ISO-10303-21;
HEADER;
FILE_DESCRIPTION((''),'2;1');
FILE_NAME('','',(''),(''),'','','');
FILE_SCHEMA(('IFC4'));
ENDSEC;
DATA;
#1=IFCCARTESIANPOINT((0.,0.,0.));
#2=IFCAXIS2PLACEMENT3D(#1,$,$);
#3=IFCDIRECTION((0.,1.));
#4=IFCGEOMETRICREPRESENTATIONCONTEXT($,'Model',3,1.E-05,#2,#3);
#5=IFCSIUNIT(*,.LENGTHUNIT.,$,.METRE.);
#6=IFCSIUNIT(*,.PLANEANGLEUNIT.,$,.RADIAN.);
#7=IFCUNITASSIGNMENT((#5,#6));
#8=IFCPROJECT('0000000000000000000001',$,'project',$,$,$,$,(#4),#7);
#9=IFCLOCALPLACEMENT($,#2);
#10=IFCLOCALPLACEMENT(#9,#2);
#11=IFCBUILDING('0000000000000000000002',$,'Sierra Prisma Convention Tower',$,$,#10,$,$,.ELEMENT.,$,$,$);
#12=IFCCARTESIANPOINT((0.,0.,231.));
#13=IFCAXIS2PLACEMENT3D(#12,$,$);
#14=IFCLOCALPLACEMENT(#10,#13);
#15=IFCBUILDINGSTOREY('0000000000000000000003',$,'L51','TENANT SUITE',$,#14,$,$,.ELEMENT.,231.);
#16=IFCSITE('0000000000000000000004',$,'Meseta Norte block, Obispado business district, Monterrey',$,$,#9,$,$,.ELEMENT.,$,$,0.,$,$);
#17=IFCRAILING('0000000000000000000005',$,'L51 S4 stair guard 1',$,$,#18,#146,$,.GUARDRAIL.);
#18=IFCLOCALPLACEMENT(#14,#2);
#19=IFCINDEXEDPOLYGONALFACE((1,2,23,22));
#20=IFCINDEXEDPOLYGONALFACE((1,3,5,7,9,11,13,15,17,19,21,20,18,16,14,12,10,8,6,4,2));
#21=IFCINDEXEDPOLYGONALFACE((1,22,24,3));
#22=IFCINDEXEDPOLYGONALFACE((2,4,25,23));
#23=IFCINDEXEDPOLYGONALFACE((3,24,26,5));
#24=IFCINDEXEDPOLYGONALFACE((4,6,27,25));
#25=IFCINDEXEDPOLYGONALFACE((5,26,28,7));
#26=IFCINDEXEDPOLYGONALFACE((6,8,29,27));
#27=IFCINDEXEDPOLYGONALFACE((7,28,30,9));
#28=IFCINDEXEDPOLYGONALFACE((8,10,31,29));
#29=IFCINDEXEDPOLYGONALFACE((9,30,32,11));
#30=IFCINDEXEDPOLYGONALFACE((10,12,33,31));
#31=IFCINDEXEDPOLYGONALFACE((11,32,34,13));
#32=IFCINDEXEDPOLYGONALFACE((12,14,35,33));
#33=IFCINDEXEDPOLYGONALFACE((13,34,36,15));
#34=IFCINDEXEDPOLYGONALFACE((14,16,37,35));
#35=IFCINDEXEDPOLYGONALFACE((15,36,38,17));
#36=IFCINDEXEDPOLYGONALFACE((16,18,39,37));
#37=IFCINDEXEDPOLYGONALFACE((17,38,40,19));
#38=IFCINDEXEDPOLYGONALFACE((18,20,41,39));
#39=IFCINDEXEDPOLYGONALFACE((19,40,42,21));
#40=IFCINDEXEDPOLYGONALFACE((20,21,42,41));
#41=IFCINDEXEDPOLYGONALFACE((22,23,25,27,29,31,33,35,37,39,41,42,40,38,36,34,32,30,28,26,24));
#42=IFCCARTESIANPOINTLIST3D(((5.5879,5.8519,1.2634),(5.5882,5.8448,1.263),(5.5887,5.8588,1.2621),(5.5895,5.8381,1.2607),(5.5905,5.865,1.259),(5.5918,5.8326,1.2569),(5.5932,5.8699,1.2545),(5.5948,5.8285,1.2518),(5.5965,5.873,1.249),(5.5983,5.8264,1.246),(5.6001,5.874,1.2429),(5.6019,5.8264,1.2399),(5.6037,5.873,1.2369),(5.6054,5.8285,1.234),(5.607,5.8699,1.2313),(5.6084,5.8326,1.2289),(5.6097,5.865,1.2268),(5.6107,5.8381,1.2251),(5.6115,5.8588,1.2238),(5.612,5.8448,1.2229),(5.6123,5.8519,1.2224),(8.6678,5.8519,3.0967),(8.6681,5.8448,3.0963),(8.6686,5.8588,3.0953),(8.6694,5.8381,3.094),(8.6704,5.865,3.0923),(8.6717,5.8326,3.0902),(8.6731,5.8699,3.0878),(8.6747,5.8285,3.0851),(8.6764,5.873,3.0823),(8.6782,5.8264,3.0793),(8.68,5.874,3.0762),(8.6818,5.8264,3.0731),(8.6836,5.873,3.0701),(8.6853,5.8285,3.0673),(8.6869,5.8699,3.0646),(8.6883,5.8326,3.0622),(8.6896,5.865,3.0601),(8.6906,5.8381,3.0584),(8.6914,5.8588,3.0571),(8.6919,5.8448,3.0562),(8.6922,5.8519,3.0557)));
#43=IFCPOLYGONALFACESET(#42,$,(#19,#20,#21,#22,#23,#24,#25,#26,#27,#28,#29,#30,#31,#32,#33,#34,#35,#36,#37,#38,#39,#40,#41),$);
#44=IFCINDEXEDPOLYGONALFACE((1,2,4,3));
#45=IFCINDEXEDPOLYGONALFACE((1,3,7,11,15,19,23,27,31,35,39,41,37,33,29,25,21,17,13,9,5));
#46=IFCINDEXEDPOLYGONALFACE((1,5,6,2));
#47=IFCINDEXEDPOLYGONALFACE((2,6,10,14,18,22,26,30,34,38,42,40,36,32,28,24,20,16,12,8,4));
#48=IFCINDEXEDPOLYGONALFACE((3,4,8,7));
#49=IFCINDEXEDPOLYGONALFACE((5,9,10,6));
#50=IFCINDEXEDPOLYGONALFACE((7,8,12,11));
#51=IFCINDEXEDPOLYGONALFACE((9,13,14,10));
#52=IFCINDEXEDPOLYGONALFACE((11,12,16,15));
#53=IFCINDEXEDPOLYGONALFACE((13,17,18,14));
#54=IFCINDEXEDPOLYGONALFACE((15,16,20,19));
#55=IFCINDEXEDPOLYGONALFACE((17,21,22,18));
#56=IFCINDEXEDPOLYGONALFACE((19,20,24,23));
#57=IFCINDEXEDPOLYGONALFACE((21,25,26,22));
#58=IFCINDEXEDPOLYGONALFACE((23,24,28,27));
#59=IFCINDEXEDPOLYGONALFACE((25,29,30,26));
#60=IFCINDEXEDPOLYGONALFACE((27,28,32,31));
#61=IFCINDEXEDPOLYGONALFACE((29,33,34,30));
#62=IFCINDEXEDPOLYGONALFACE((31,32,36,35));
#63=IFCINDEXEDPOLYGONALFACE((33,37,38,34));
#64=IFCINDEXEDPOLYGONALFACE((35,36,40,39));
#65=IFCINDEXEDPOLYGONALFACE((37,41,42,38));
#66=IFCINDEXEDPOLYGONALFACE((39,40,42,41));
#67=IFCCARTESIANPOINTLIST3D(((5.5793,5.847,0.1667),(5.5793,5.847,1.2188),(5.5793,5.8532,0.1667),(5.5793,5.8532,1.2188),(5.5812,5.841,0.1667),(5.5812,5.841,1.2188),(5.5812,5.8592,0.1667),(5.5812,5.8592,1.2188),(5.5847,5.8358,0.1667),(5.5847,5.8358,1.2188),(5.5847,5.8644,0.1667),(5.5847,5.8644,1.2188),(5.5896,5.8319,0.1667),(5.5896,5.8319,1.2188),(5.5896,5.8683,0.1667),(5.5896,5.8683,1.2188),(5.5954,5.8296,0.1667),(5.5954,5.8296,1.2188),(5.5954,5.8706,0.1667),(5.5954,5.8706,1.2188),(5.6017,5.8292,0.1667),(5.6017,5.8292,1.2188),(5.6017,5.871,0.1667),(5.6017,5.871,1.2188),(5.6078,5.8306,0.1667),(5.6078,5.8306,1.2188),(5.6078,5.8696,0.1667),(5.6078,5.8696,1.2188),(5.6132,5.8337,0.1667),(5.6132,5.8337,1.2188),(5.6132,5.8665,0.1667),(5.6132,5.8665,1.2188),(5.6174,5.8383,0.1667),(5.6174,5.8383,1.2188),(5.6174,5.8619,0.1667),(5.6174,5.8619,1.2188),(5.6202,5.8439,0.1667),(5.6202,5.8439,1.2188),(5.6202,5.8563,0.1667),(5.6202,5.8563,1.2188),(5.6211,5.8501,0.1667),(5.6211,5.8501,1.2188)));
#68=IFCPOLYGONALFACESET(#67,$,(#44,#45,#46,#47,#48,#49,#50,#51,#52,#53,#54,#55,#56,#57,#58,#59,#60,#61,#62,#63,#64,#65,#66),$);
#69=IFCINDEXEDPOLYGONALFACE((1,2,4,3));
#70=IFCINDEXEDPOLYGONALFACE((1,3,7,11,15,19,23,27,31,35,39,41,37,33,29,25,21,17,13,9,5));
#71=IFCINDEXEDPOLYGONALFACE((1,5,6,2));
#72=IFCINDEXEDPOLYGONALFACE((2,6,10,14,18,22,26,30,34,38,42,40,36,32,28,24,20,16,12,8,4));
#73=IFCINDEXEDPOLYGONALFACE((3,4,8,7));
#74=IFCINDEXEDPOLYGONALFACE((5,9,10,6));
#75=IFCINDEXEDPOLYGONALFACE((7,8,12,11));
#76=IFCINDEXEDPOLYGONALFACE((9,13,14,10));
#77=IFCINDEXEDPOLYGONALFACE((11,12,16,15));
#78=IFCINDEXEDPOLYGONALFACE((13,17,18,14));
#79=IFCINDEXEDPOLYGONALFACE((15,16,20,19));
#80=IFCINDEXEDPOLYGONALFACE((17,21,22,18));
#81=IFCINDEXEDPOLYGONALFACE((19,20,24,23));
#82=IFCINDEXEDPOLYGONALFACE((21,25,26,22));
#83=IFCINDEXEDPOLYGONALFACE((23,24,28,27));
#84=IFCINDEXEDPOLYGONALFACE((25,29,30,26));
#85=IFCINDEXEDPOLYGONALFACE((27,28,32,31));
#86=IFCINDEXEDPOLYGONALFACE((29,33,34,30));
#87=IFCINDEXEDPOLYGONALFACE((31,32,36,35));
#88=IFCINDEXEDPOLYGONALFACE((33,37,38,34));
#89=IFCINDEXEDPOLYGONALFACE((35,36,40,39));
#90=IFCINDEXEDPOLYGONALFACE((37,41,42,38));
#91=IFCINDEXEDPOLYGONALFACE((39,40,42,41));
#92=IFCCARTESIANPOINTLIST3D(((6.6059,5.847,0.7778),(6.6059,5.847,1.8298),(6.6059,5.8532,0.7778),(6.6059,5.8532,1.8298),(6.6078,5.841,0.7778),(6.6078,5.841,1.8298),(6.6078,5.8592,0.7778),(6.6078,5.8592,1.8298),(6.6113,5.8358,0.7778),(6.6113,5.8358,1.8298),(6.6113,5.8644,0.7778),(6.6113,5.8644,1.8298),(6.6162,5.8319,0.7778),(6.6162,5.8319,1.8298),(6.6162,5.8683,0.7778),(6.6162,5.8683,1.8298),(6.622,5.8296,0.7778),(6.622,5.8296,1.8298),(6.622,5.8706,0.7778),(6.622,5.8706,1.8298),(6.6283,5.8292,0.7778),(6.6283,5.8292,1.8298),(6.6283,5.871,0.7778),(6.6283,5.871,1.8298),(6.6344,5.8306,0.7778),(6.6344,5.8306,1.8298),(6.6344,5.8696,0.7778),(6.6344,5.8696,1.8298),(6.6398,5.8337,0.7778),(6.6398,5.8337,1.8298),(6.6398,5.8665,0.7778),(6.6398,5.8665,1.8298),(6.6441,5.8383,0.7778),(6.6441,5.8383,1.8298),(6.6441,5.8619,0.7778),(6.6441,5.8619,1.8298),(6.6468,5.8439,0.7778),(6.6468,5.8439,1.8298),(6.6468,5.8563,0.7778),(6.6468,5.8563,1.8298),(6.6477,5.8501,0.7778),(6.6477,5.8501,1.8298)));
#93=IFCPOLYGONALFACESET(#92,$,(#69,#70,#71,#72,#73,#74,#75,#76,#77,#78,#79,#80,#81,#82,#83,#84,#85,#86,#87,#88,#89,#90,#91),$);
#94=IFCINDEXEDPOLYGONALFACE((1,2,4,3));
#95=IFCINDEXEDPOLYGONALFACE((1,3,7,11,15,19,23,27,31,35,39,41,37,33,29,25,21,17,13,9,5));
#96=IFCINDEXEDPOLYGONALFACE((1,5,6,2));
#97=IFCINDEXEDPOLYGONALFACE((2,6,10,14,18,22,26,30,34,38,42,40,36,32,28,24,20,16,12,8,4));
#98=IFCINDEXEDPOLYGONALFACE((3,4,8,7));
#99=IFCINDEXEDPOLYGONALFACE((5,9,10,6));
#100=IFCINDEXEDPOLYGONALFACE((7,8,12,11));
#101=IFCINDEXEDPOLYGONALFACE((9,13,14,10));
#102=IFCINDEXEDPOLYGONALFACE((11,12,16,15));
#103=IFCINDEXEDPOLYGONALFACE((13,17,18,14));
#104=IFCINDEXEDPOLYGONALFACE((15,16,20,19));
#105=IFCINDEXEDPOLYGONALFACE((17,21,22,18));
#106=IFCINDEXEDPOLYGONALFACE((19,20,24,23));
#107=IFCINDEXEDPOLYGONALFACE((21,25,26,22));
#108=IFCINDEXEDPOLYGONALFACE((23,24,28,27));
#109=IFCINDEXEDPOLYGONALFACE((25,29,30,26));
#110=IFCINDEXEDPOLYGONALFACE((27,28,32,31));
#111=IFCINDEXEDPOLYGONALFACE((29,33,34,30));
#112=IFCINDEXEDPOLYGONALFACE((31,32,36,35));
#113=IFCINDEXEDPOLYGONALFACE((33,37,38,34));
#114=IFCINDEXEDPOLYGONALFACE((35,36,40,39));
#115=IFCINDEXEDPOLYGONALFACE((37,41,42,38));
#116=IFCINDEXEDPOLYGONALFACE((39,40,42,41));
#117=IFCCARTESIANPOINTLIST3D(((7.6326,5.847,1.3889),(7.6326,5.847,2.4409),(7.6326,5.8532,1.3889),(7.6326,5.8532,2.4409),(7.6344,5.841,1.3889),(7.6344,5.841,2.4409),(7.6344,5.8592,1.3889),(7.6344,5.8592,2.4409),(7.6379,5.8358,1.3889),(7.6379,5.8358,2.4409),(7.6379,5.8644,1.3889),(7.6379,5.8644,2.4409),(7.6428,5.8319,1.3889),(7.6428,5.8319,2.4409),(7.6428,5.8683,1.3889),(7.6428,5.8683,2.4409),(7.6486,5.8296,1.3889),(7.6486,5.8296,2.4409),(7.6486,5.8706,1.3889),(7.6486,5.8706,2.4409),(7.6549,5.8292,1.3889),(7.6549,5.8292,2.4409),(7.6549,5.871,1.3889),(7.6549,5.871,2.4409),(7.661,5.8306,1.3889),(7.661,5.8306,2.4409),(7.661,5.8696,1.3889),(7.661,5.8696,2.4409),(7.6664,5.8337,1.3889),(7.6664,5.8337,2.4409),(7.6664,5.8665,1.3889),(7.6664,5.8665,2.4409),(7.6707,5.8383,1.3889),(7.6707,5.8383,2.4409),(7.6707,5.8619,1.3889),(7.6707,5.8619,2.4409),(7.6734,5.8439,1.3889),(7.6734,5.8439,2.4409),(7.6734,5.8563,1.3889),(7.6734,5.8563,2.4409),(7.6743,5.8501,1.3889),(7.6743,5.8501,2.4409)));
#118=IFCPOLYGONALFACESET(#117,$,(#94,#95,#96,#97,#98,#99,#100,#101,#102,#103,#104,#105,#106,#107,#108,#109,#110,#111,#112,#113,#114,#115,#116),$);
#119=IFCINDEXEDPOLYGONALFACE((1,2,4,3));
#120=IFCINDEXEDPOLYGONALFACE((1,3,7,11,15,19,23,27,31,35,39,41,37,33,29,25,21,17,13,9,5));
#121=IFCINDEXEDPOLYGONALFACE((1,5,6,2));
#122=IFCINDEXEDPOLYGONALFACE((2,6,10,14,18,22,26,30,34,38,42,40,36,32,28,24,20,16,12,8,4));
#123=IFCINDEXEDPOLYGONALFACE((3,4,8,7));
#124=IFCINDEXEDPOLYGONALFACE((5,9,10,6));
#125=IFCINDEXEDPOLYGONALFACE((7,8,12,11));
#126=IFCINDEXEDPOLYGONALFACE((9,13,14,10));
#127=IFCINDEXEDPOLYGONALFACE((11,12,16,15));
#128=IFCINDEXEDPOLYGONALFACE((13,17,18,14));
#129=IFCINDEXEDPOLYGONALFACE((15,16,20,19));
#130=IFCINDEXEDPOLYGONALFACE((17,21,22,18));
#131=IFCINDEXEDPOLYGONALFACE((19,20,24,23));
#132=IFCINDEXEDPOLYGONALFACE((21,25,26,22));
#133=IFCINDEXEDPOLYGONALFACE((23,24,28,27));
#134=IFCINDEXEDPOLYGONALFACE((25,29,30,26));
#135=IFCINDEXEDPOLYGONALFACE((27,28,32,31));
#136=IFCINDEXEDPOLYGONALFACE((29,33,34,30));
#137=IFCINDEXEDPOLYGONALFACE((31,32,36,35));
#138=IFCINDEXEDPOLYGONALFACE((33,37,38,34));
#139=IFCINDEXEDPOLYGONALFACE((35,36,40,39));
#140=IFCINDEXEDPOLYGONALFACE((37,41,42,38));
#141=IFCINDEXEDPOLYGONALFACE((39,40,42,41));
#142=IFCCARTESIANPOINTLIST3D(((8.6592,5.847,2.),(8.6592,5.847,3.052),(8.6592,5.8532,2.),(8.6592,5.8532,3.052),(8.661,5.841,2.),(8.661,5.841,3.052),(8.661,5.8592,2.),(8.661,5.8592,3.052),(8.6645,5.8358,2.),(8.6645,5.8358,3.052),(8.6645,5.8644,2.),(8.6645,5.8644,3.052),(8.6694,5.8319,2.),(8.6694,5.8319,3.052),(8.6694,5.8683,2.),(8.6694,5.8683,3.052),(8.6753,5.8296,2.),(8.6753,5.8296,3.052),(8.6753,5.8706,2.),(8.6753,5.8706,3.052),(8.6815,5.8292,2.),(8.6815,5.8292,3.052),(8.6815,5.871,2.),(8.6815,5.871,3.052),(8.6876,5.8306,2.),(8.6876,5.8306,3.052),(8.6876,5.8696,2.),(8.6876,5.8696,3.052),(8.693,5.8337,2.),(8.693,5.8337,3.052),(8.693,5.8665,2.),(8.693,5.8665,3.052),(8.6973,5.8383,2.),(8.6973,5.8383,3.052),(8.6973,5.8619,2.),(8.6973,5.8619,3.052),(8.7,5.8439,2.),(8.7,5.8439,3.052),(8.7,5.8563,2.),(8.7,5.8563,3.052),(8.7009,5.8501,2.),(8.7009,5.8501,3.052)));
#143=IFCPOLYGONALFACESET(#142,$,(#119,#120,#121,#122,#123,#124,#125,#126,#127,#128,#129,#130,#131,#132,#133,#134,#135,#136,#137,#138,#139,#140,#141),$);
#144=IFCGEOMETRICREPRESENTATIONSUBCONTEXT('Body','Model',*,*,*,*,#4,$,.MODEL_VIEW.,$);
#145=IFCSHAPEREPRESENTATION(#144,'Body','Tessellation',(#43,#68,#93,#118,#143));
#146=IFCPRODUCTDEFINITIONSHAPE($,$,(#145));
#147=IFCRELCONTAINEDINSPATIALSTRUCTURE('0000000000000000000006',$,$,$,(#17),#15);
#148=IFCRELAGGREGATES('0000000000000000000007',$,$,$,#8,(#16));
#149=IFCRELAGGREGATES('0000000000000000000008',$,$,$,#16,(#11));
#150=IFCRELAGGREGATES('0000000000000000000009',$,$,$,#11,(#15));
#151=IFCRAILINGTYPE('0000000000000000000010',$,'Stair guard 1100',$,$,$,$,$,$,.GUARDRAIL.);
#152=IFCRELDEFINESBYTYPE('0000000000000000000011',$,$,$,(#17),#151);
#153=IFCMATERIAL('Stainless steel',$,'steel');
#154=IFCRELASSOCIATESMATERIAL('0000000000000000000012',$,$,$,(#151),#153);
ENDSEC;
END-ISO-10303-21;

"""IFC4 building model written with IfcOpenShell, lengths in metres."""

from ifc_helpers import new_model, si_unit, direction, frame, origin, origin_2d, place, context, subcontext, project, spatial, circle, extrude, material, type_object, element, save


model = new_model("IFC4")

# Units and contexts
model_context = context("Model", 3, precision=1e-05, world=origin(), true_north=direction((0.0, 1.0)))
body_context = subcontext(model_context, "Body", "Model", "MODEL_VIEW")
ifc_project = project(units=[si_unit("LENGTHUNIT", "METRE"), si_unit("PLANEANGLEUNIT", "RADIAN")], contexts=[model_context])

# Site, building, storey
site_placement = place(None, origin())
site = spatial("IfcSite", under=ifc_project, at=site_placement, Name="Meseta Norte block, Obispado business district, Monterrey", CompositionType="ELEMENT", RefElevation=0.0)
building_placement = place(site_placement, origin())
building = spatial("IfcBuilding", under=site, at=building_placement, Name="Sierra Prisma Convention Tower", CompositionType="ELEMENT")
storey_placement = place(building_placement, frame((0.0, 0.0, 231.0)))
storey = spatial("IfcBuildingStorey", under=building, at=storey_placement, Name="L51", Description="TENANT SUITE", CompositionType="ELEMENT", Elevation=231.0)

# Railing
ifc_material_1 = material(Name="Stainless steel", Category="steel")
railing_type_1 = type_object("IfcRailingType", Name="Stair guard 1100", PredefinedType="GUARDRAIL", material=ifc_material_1)
railing_1_placement = place(storey_placement, frame((5.6001, 5.8501, 0.1667)))
element("IfcRailing", 1, at=railing_1_placement, inside=storey, type_object=railing_type_1, Name="L51 S4 stair guard 1", PredefinedType="GUARDRAIL", context=body_context, shape_type="SweptSolid", body=[
    extrude(circle(Radius=0.0239, at=origin_2d()), frame((0.0, 0.0, 1.0762), z_axis=(0.859291, 0.0, 0.511487), x_axis=(0.0, 1.0, 0.0)), (0.0, 0.0, 1.0), 3.5842),
    extrude(circle(Radius=0.021, at=origin_2d()), origin(), (0.0, 0.0, 1.0), 1.052),
    extrude(circle(Radius=0.021, at=origin_2d()), frame((1.0266, 0.0, 0.6111)), (0.0, 0.0, 1.0), 1.052),
    extrude(circle(Radius=0.021, at=origin_2d()), frame((2.0532, 0.0, 1.2222)), (0.0, 0.0, 1.0), 1.052),
    extrude(circle(Radius=0.021, at=origin_2d()), frame((3.0798, 0.0, 1.8333)), (0.0, 0.0, 1.0), 1.052),
])

save(model, "model.ifc")
